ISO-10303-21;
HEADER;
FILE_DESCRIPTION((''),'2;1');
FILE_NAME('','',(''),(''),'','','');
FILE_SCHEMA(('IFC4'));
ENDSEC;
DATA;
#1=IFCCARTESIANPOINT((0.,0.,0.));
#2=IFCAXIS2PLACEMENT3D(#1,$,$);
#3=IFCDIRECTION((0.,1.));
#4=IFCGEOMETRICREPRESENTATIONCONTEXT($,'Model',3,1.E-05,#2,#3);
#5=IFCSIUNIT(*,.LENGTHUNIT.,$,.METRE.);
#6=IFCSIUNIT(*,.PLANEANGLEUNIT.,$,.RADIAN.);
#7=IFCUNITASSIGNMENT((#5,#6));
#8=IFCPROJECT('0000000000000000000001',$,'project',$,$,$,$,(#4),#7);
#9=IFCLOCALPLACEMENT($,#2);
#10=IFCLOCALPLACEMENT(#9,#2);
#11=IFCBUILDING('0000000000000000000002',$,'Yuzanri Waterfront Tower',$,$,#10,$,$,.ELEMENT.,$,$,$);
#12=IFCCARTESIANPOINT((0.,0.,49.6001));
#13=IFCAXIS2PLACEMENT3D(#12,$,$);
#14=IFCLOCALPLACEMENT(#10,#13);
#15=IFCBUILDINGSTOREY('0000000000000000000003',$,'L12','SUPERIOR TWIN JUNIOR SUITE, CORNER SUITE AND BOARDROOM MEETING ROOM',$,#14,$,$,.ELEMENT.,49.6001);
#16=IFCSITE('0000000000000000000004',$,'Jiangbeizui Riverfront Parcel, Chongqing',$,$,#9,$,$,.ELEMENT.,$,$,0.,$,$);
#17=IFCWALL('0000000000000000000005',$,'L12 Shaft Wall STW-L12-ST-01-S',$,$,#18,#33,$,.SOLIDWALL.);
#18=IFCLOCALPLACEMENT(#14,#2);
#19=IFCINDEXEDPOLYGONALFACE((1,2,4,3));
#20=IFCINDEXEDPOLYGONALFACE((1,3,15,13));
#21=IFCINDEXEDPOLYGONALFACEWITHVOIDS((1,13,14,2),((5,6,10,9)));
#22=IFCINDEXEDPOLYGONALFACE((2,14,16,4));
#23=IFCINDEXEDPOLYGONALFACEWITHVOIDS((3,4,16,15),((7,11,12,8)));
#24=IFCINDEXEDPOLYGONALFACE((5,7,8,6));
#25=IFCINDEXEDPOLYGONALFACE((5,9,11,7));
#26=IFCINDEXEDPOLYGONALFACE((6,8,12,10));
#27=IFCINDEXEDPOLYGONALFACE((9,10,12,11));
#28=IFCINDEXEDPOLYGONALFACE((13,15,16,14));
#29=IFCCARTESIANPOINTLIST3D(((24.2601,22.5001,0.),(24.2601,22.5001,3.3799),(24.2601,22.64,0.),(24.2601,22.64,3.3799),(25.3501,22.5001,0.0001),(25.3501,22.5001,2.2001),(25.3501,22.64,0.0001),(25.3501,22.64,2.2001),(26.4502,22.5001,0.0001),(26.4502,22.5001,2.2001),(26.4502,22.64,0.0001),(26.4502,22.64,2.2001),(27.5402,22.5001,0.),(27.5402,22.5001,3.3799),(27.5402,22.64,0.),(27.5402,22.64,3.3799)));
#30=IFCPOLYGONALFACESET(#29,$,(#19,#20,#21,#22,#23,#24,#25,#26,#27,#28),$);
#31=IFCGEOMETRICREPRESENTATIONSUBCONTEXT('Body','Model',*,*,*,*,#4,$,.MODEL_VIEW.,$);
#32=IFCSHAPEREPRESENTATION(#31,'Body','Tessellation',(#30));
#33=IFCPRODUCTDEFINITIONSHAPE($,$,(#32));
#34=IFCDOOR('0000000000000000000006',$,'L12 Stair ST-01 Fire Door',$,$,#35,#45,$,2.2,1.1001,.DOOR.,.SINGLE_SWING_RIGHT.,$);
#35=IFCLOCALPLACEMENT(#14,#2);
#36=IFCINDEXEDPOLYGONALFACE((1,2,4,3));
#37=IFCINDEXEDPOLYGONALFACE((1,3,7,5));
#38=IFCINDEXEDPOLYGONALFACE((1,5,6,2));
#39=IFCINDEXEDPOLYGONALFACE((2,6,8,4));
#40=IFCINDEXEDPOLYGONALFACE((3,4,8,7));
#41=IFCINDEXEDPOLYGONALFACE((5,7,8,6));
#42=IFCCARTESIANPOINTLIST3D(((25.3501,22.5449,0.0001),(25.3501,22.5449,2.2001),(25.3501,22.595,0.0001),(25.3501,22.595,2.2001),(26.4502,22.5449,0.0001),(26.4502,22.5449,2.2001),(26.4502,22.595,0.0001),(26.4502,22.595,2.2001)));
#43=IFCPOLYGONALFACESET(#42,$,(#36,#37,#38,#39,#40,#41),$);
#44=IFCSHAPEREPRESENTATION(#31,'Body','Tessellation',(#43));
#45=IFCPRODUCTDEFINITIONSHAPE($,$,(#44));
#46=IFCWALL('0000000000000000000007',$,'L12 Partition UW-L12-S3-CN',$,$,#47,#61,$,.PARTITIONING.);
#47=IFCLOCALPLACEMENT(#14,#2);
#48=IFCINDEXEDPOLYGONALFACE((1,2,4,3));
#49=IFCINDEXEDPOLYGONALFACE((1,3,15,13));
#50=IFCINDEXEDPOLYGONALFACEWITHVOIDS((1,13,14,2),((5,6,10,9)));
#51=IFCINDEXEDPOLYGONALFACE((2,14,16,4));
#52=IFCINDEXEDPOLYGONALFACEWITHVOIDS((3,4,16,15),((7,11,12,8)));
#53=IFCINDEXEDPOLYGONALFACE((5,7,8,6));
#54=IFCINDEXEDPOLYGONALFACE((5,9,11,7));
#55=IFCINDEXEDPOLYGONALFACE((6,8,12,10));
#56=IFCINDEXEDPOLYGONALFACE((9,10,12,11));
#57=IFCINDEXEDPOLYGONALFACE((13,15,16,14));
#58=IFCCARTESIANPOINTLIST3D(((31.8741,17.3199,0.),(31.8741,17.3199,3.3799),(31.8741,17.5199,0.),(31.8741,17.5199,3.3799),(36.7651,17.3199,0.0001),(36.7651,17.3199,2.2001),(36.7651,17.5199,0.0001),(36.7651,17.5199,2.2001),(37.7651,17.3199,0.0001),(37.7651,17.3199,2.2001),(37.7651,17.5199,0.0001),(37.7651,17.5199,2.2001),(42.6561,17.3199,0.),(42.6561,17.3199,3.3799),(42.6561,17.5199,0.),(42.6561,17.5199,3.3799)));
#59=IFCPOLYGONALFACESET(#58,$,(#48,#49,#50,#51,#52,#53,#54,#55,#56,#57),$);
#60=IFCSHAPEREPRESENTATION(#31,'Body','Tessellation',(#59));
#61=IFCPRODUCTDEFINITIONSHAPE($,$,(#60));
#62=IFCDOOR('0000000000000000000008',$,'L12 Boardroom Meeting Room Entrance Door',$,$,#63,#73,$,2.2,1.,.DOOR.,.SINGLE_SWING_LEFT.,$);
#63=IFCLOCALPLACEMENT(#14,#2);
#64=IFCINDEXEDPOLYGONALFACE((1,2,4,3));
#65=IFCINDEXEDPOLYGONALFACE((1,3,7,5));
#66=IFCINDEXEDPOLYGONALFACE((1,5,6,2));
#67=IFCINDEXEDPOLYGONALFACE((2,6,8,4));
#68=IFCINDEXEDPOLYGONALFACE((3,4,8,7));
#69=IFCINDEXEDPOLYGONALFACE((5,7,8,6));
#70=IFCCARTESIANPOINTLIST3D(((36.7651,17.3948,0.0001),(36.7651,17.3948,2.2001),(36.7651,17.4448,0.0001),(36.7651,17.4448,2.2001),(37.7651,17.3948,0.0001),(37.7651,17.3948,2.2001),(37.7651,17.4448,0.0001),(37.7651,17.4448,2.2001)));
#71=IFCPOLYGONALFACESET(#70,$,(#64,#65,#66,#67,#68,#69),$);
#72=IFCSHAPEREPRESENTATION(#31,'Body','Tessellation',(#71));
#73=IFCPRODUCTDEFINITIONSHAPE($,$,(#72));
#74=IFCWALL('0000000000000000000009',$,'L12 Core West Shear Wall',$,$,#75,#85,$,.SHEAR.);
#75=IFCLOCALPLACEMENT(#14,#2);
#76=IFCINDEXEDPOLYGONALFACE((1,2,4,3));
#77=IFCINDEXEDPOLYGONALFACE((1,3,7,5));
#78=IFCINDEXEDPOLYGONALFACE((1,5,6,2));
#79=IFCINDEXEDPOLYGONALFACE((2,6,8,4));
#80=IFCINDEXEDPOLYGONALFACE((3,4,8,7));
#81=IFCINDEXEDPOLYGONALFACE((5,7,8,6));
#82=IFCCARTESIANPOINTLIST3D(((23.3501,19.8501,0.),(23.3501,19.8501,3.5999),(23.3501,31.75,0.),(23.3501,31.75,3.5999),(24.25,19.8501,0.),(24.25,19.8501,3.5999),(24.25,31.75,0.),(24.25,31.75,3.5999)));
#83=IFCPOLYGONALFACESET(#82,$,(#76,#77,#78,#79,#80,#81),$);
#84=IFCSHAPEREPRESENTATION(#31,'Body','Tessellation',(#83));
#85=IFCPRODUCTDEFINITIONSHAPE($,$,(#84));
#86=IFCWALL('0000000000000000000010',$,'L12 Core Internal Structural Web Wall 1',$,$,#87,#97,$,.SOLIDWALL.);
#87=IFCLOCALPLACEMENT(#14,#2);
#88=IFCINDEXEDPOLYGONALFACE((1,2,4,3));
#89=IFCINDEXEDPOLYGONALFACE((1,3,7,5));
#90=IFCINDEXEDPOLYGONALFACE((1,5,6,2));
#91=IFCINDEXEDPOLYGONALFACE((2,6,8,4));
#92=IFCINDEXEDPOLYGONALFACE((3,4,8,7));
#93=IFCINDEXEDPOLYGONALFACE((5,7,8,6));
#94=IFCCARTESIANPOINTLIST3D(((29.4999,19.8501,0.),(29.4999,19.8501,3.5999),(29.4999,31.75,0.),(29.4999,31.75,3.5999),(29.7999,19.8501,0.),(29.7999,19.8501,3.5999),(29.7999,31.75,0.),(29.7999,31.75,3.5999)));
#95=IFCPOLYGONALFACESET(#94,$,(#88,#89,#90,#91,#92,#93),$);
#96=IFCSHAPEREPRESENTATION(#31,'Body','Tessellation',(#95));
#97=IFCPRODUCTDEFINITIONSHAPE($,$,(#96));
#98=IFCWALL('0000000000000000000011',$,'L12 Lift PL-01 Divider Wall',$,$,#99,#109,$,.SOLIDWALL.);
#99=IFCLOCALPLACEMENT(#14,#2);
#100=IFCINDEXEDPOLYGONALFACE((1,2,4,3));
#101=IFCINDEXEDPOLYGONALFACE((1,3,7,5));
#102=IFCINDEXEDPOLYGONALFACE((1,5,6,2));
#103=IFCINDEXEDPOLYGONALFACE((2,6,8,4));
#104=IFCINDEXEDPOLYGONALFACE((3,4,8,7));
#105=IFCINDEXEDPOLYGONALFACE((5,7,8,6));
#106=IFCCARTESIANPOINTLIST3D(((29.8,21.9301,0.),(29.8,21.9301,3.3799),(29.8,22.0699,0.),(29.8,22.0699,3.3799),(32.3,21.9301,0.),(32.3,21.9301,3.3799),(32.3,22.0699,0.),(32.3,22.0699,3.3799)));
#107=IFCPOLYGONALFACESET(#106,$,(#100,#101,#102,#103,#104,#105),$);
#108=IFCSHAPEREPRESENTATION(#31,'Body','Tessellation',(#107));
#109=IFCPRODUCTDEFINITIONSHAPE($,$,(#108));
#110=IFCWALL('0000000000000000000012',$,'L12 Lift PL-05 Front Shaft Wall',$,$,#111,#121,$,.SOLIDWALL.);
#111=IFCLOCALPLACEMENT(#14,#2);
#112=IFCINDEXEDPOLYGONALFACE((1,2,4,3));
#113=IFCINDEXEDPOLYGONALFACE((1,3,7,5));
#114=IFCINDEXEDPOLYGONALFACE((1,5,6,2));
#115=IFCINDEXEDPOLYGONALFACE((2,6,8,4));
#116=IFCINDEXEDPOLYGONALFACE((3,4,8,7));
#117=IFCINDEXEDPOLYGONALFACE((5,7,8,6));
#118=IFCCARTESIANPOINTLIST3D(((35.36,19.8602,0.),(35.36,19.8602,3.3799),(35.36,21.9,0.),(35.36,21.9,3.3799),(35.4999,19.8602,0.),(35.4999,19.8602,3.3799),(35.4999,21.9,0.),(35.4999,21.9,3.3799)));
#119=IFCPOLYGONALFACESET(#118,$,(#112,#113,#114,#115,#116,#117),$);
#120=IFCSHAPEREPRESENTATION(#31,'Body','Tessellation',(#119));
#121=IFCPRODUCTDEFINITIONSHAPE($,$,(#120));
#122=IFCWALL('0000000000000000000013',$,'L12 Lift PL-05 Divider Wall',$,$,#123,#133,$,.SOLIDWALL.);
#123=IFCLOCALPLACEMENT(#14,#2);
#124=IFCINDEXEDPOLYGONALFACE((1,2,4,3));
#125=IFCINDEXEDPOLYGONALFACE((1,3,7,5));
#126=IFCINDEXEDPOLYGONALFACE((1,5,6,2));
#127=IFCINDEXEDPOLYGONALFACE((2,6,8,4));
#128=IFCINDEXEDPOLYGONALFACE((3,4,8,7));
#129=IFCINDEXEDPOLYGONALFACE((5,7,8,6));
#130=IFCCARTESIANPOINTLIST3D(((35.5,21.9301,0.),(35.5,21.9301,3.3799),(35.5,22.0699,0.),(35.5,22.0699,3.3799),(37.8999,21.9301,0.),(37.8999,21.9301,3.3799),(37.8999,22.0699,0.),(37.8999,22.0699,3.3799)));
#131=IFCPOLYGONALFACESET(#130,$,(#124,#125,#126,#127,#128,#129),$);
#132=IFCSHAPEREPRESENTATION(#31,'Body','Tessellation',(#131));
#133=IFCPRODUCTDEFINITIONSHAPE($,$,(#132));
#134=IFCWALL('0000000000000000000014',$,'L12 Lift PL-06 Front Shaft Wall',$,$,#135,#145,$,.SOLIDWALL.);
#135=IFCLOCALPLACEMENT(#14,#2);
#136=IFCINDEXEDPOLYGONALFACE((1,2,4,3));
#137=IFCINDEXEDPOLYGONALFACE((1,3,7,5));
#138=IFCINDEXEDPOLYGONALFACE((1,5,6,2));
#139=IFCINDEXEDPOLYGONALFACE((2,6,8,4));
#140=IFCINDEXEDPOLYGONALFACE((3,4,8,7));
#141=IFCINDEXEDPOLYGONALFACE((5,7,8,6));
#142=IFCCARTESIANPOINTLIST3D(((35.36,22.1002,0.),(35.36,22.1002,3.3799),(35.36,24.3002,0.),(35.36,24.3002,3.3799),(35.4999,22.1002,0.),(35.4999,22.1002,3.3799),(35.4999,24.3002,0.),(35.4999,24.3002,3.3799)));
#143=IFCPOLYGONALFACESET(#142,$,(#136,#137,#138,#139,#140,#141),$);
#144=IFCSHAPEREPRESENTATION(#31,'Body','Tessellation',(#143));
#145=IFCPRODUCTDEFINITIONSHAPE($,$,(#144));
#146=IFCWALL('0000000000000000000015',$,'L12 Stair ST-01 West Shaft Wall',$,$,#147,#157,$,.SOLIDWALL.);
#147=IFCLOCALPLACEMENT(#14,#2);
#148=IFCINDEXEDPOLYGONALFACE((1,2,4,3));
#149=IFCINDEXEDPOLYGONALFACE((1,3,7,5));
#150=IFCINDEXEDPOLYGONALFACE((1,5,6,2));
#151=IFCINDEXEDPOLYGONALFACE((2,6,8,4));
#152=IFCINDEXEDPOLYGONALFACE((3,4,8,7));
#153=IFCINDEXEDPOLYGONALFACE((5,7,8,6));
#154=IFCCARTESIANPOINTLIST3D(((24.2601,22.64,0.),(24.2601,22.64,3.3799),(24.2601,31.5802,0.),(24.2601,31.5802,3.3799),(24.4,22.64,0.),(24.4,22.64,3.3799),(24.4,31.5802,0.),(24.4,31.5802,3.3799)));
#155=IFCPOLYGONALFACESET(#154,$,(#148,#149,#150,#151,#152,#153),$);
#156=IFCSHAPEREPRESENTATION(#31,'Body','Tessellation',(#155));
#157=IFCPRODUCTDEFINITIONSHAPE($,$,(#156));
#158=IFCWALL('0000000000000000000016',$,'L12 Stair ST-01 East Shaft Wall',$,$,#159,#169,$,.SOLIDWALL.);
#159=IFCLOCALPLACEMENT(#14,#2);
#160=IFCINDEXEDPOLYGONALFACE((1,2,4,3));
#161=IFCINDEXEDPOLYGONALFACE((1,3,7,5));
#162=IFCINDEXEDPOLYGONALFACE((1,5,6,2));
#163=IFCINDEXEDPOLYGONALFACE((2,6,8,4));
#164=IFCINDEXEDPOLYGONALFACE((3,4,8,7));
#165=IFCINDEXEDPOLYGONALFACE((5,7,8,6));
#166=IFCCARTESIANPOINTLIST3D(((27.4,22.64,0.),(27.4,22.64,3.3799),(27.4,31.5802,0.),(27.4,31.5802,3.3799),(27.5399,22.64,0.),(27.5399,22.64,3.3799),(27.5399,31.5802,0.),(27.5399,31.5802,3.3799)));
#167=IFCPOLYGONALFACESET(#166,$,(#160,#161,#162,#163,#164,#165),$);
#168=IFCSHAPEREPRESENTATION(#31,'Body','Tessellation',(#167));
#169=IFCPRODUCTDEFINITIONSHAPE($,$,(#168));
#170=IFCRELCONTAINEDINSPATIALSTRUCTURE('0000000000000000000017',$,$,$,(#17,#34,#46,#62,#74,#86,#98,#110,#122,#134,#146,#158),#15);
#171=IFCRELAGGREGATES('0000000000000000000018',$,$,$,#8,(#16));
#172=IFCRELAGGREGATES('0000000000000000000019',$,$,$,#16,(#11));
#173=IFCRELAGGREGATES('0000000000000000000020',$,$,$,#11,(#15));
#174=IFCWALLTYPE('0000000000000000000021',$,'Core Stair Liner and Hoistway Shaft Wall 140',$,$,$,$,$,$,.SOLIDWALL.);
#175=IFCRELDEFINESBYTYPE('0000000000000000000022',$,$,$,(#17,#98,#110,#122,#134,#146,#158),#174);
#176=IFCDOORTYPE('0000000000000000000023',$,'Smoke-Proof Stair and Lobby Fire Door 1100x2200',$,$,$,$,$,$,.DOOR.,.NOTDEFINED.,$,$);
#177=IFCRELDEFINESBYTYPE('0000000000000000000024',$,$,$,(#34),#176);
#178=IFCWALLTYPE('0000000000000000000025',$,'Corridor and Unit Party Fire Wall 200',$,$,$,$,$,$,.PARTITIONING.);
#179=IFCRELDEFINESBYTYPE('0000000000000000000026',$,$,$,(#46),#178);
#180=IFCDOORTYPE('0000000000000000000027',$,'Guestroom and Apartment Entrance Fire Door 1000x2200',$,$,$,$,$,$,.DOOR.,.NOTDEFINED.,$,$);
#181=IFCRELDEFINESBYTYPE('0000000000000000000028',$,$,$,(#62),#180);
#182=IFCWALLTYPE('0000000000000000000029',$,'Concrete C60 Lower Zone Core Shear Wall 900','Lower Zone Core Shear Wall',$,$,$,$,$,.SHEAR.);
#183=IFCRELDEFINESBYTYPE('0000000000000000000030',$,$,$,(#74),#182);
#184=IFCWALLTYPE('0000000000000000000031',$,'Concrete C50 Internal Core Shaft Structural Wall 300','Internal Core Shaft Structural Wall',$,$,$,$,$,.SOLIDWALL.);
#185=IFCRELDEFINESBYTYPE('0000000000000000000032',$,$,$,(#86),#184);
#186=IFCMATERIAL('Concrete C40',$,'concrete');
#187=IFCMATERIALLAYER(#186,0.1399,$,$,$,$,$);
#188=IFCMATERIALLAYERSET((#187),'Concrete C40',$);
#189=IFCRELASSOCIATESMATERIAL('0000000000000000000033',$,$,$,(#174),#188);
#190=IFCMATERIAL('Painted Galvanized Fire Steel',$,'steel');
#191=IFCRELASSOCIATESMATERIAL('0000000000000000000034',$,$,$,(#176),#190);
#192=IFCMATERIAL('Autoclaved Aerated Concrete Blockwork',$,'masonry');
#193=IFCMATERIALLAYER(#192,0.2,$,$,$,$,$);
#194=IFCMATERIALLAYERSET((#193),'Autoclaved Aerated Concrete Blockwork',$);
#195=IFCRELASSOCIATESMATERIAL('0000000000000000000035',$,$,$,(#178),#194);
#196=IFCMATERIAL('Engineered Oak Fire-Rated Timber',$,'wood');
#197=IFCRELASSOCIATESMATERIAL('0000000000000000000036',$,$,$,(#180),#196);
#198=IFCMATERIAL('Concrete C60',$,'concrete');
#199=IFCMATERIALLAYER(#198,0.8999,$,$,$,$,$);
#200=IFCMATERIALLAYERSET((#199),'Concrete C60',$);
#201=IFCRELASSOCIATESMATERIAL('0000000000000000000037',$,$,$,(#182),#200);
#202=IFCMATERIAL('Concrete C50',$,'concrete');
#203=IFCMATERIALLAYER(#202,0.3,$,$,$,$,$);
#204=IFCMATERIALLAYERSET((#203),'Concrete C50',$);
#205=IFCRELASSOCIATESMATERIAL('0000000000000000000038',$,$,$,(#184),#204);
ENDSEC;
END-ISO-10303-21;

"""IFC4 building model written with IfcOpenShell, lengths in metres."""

from ifc_helpers import new_model, si_unit, direction, frame, frame_2d, origin, place, context, subcontext, project, spatial, rectangle, extrude, source, transform, mapped, material, layer, layer_set, type_object, element, fill, save


model = new_model("IFC4")

# Units and contexts
model_context = context("Model", 3, precision=1e-05, world=origin(), true_north=direction((0.0, 1.0)))
body_context = subcontext(model_context, "Body", "Model", "MODEL_VIEW")
ifc_project = project(units=[si_unit("LENGTHUNIT", "METRE"), si_unit("PLANEANGLEUNIT", "RADIAN")], contexts=[model_context])

# Site, building, storey
site_placement = place(None, origin())
site = spatial("IfcSite", under=ifc_project, at=site_placement, Name="Jiangbeizui Riverfront Parcel, Chongqing", CompositionType="ELEMENT", RefElevation=0.0)
building_placement = place(site_placement, origin())
building = spatial("IfcBuilding", under=site, at=building_placement, Name="Yuzanri Waterfront Tower", CompositionType="ELEMENT")
storey_placement = place(building_placement, frame((0.0, 0.0, 49.6001)))
storey = spatial("IfcBuildingStorey", under=building, at=storey_placement, Name="L12", Description="SUPERIOR TWIN JUNIOR SUITE, CORNER SUITE AND BOARDROOM MEETING ROOM", CompositionType="ELEMENT", Elevation=49.6001)

# Walls, openings, doors
ifc_material_1 = material(Name="Concrete C40", Category="concrete")
ifc_layer_1 = layer(ifc_material_1, 0.1399)
ifc_layer_set_1 = layer_set([ifc_layer_1], Name="Concrete C40")
wall_type_1 = type_object("IfcWallType", Name="Core Stair Liner and Hoistway Shaft Wall 140", PredefinedType="SOLIDWALL", material=ifc_layer_set_1)
wall_1_placement = place(storey_placement, frame((24.26, 22.5701, 0.0), z_axis=(0.0, 0.0, 1.0), x_axis=(1.0, 0.0, 0.0)))
wall_1 = element("IfcWall", 1, at=wall_1_placement, inside=storey, type_object=wall_type_1, Name="L12 Shaft Wall STW-L12-ST-01-S", PredefinedType="SOLIDWALL", context=body_context, shape_type="SweptSolid", body=[
    extrude(rectangle(XDim=3.28, YDim=0.1399, at=frame_2d((1.6401, 0.0))), origin(), (0.0, 0.0, 1.0), 3.3799),
])
opening_1_placement = place(wall_1_placement, frame((1.0901, 0.0, 0.0)))
opening_1 = element("IfcOpeningElement", 2, at=opening_1_placement, cuts=wall_1, PredefinedType="OPENING", context=body_context, shape_type="SweptSolid", body=[
    extrude(rectangle(XDim=1.1001, YDim=2.2, at=frame_2d((0.55, 1.1001))), frame((0.0, 0.085, 0.0), z_axis=(0.0, -1.0, 0.0), x_axis=(1.0, 0.0, 0.0)), (0.0, 0.0, 1.0), 0.1697),
])
ifc_material_2 = material(Name="Painted Galvanized Fire Steel", Category="steel")
door_type_1 = type_object("IfcDoorType", Name="Smoke-Proof Stair and Lobby Fire Door 1100x2200", OperationType="NOTDEFINED", PredefinedType="DOOR", material=ifc_material_2)
shared_shape_1 = source(origin(), body_context, "Body", "SweptSolid", [
    extrude(rectangle(XDim=1.1001, YDim=2.2, at=frame_2d((0.55, 1.1001))), frame((0.0, 0.0249, 0.0), z_axis=(0.0, -1.0, 0.0), x_axis=(1.0, 0.0, 0.0)), (0.0, 0.0, 1.0), 0.05),
])
door_1_placement = place(opening_1_placement, origin())
door_1 = element("IfcDoor", 3, at=door_1_placement, inside=storey, type_object=door_type_1, Name="L12 Stair ST-01 Fire Door", OperationType="SINGLE_SWING_RIGHT", OverallHeight=2.2, OverallWidth=1.1001, PredefinedType="DOOR", context=body_context, shape_type="MappedRepresentation", body=[
    mapped(shared_shape_1, transform((0.0, 0.0, 0.0), scale=1.0)),
])
fill(opening_1, door_1)
ifc_material_3 = material(Name="Autoclaved Aerated Concrete Blockwork", Category="masonry")
ifc_layer_2 = layer(ifc_material_3, 0.2)
ifc_layer_set_2 = layer_set([ifc_layer_2], Name="Autoclaved Aerated Concrete Blockwork")
wall_type_2 = type_object("IfcWallType", Name="Corridor and Unit Party Fire Wall 200", PredefinedType="PARTITIONING", material=ifc_layer_set_2)
wall_2_placement = place(storey_placement, frame((31.874, 17.4199, 0.0), z_axis=(0.0, 0.0, 1.0), x_axis=(1.0, 0.0, 0.0)))
wall_2 = element("IfcWall", 4, at=wall_2_placement, inside=storey, type_object=wall_type_2, Name="L12 Partition UW-L12-S3-CN", PredefinedType="PARTITIONING", context=body_context, shape_type="SweptSolid", body=[
    extrude(rectangle(XDim=10.782, YDim=0.2, at=frame_2d((5.3911, 0.0))), origin(), (0.0, 0.0, 1.0), 3.3799),
])
opening_2_placement = place(wall_2_placement, frame((4.8911, 0.0, 0.0)))
opening_2 = element("IfcOpeningElement", 5, at=opening_2_placement, cuts=wall_2, PredefinedType="OPENING", context=body_context, shape_type="SweptSolid", body=[
    extrude(rectangle(XDim=1.0, YDim=2.2, at=frame_2d((0.5, 1.1001))), frame((0.0, 0.1147, 0.0), z_axis=(0.0, -1.0, 0.0), x_axis=(1.0, 0.0, 0.0)), (0.0, 0.0, 1.0), 0.2297),
])
ifc_material_4 = material(Name="Engineered Oak Fire-Rated Timber", Category="wood")
door_type_2 = type_object("IfcDoorType", Name="Guestroom and Apartment Entrance Fire Door 1000x2200", OperationType="NOTDEFINED", PredefinedType="DOOR", material=ifc_material_4)
shared_shape_2 = source(origin(), body_context, "Body", "SweptSolid", [
    extrude(rectangle(XDim=1.0, YDim=2.2, at=frame_2d((0.5, 1.1001))), frame((0.0, 0.0249, 0.0), z_axis=(0.0, -1.0, 0.0), x_axis=(1.0, 0.0, 0.0)), (0.0, 0.0, 1.0), 0.05),
])
door_2_placement = place(opening_2_placement, origin())
door_2 = element("IfcDoor", 6, at=door_2_placement, inside=storey, type_object=door_type_2, Name="L12 Boardroom Meeting Room Entrance Door", OperationType="SINGLE_SWING_LEFT", OverallHeight=2.2, OverallWidth=1.0, PredefinedType="DOOR", context=body_context, shape_type="MappedRepresentation", body=[
    mapped(shared_shape_2, transform((0.0, 0.0, 0.0), scale=1.0)),
])
fill(opening_2, door_2)

# Walls
ifc_material_5 = material(Name="Concrete C60", Category="concrete")
ifc_layer_3 = layer(ifc_material_5, 0.8999)
ifc_layer_set_3 = layer_set([ifc_layer_3], Name="Concrete C60")
wall_type_3 = type_object("IfcWallType", Name="Concrete C60 Lower Zone Core Shear Wall 900", Description="Lower Zone Core Shear Wall", PredefinedType="SHEAR", material=ifc_layer_set_3)
shared_shape_3 = source(origin(), body_context, "Body", "SweptSolid", [
    extrude(rectangle(XDim=11.8999, YDim=0.8999, at=frame_2d((5.95, 0.0))), origin(), (0.0, 0.0, 1.0), 3.5999),
])
wall_3_placement = place(storey_placement, frame((23.8, 19.8501, 0.0), z_axis=(0.0, 0.0, 1.0), x_axis=(0.0, 1.0, 0.0)))
element("IfcWall", 7, at=wall_3_placement, inside=storey, type_object=wall_type_3, Name="L12 Core West Shear Wall", PredefinedType="SHEAR", context=body_context, shape_type="MappedRepresentation", body=[
    mapped(shared_shape_3, transform((0.0, 0.0, 0.0), scale=1.0)),
])
ifc_material_6 = material(Name="Concrete C50", Category="concrete")
ifc_layer_4 = layer(ifc_material_6, 0.3)
ifc_layer_set_4 = layer_set([ifc_layer_4], Name="Concrete C50")
wall_type_4 = type_object("IfcWallType", Name="Concrete C50 Internal Core Shaft Structural Wall 300", Description="Internal Core Shaft Structural Wall", PredefinedType="SOLIDWALL", material=ifc_layer_set_4)
shared_shape_4 = source(origin(), body_context, "Body", "SweptSolid", [
    extrude(rectangle(XDim=11.8999, YDim=0.3, at=frame_2d((5.95, 0.0))), origin(), (0.0, 0.0, 1.0), 3.5999),
])
wall_4_placement = place(storey_placement, frame((29.6499, 19.8501, 0.0), z_axis=(0.0, 0.0, 1.0), x_axis=(0.0, 1.0, 0.0)))
element("IfcWall", 8, at=wall_4_placement, inside=storey, type_object=wall_type_4, Name="L12 Core Internal Structural Web Wall 1", PredefinedType="SOLIDWALL", context=body_context, shape_type="MappedRepresentation", body=[
    mapped(shared_shape_4, transform((0.0, 0.0, 0.0), scale=1.0)),
])
shared_shape_5 = source(origin(), body_context, "Body", "SweptSolid", [
    extrude(rectangle(XDim=2.5, YDim=0.1399, at=frame_2d((1.25, 0.0))), origin(), (0.0, 0.0, 1.0), 3.3799),
])
wall_5_placement = place(storey_placement, frame((29.8, 22.0, 0.0), z_axis=(0.0, 0.0, 1.0), x_axis=(1.0, 0.0, 0.0)))
element("IfcWall", 9, at=wall_5_placement, inside=storey, type_object=wall_type_1, Name="L12 Lift PL-01 Divider Wall", PredefinedType="SOLIDWALL", context=body_context, shape_type="MappedRepresentation", body=[
    mapped(shared_shape_5, transform((0.0, 0.0, 0.0), scale=1.0)),
])
shared_shape_6 = source(origin(), body_context, "Body", "SweptSolid", [
    extrude(rectangle(XDim=2.0398, YDim=0.1399, at=frame_2d((1.02, 0.0))), origin(), (0.0, 0.0, 1.0), 3.3799),
])
wall_6_placement = place(storey_placement, frame((35.4299, 19.8601, 0.0), z_axis=(0.0, 0.0, 1.0), x_axis=(0.0, 1.0, 0.0)))
element("IfcWall", 10, at=wall_6_placement, inside=storey, type_object=wall_type_1, Name="L12 Lift PL-05 Front Shaft Wall", PredefinedType="SOLIDWALL", context=body_context, shape_type="MappedRepresentation", body=[
    mapped(shared_shape_6, transform((0.0, 0.0, 0.0), scale=1.0)),
])
shared_shape_7 = source(origin(), body_context, "Body", "SweptSolid", [
    extrude(rectangle(XDim=2.3999, YDim=0.1399, at=frame_2d((1.2, 0.0))), origin(), (0.0, 0.0, 1.0), 3.3799),
])
wall_7_placement = place(storey_placement, frame((35.5, 22.0, 0.0), z_axis=(0.0, 0.0, 1.0), x_axis=(1.0, 0.0, 0.0)))
element("IfcWall", 11, at=wall_7_placement, inside=storey, type_object=wall_type_1, Name="L12 Lift PL-05 Divider Wall", PredefinedType="SOLIDWALL", context=body_context, shape_type="MappedRepresentation", body=[
    mapped(shared_shape_7, transform((0.0, 0.0, 0.0), scale=1.0)),
])
shared_shape_8 = source(origin(), body_context, "Body", "SweptSolid", [
    extrude(rectangle(XDim=2.2, YDim=0.1399, at=frame_2d((1.1001, 0.0))), origin(), (0.0, 0.0, 1.0), 3.3799),
])
wall_8_placement = place(storey_placement, frame((35.4299, 22.1001, 0.0), z_axis=(0.0, 0.0, 1.0), x_axis=(0.0, 1.0, 0.0)))
element("IfcWall", 12, at=wall_8_placement, inside=storey, type_object=wall_type_1, Name="L12 Lift PL-06 Front Shaft Wall", PredefinedType="SOLIDWALL", context=body_context, shape_type="MappedRepresentation", body=[
    mapped(shared_shape_8, transform((0.0, 0.0, 0.0), scale=1.0)),
])
shared_shape_9 = source(origin(), body_context, "Body", "SweptSolid", [
    extrude(rectangle(XDim=8.9402, YDim=0.1399, at=frame_2d((4.4702, 0.0))), origin(), (0.0, 0.0, 1.0), 3.3799),
])
for number, where, z_axis, x_axis, name in (
    (13, (24.3301, 22.6399, 0.0), (0.0, 0.0, 1.0), (0.0, 1.0, 0.0), "L12 Stair ST-01 West Shaft Wall"),
    (14, (27.47, 22.6399, 0.0), (0.0, 0.0, 1.0), (0.0, 1.0, 0.0), "L12 Stair ST-01 East Shaft Wall"),
):
    element("IfcWall", number, at=place(storey_placement, frame(where, z_axis=z_axis, x_axis=x_axis)), inside=storey, type_object=wall_type_1, Name=name, PredefinedType="SOLIDWALL", context=body_context, shape_type="MappedRepresentation", body=[
        mapped(shared_shape_9, transform((0.0, 0.0, 0.0), scale=1.0)),
    ])

save(model, "model.ifc")
